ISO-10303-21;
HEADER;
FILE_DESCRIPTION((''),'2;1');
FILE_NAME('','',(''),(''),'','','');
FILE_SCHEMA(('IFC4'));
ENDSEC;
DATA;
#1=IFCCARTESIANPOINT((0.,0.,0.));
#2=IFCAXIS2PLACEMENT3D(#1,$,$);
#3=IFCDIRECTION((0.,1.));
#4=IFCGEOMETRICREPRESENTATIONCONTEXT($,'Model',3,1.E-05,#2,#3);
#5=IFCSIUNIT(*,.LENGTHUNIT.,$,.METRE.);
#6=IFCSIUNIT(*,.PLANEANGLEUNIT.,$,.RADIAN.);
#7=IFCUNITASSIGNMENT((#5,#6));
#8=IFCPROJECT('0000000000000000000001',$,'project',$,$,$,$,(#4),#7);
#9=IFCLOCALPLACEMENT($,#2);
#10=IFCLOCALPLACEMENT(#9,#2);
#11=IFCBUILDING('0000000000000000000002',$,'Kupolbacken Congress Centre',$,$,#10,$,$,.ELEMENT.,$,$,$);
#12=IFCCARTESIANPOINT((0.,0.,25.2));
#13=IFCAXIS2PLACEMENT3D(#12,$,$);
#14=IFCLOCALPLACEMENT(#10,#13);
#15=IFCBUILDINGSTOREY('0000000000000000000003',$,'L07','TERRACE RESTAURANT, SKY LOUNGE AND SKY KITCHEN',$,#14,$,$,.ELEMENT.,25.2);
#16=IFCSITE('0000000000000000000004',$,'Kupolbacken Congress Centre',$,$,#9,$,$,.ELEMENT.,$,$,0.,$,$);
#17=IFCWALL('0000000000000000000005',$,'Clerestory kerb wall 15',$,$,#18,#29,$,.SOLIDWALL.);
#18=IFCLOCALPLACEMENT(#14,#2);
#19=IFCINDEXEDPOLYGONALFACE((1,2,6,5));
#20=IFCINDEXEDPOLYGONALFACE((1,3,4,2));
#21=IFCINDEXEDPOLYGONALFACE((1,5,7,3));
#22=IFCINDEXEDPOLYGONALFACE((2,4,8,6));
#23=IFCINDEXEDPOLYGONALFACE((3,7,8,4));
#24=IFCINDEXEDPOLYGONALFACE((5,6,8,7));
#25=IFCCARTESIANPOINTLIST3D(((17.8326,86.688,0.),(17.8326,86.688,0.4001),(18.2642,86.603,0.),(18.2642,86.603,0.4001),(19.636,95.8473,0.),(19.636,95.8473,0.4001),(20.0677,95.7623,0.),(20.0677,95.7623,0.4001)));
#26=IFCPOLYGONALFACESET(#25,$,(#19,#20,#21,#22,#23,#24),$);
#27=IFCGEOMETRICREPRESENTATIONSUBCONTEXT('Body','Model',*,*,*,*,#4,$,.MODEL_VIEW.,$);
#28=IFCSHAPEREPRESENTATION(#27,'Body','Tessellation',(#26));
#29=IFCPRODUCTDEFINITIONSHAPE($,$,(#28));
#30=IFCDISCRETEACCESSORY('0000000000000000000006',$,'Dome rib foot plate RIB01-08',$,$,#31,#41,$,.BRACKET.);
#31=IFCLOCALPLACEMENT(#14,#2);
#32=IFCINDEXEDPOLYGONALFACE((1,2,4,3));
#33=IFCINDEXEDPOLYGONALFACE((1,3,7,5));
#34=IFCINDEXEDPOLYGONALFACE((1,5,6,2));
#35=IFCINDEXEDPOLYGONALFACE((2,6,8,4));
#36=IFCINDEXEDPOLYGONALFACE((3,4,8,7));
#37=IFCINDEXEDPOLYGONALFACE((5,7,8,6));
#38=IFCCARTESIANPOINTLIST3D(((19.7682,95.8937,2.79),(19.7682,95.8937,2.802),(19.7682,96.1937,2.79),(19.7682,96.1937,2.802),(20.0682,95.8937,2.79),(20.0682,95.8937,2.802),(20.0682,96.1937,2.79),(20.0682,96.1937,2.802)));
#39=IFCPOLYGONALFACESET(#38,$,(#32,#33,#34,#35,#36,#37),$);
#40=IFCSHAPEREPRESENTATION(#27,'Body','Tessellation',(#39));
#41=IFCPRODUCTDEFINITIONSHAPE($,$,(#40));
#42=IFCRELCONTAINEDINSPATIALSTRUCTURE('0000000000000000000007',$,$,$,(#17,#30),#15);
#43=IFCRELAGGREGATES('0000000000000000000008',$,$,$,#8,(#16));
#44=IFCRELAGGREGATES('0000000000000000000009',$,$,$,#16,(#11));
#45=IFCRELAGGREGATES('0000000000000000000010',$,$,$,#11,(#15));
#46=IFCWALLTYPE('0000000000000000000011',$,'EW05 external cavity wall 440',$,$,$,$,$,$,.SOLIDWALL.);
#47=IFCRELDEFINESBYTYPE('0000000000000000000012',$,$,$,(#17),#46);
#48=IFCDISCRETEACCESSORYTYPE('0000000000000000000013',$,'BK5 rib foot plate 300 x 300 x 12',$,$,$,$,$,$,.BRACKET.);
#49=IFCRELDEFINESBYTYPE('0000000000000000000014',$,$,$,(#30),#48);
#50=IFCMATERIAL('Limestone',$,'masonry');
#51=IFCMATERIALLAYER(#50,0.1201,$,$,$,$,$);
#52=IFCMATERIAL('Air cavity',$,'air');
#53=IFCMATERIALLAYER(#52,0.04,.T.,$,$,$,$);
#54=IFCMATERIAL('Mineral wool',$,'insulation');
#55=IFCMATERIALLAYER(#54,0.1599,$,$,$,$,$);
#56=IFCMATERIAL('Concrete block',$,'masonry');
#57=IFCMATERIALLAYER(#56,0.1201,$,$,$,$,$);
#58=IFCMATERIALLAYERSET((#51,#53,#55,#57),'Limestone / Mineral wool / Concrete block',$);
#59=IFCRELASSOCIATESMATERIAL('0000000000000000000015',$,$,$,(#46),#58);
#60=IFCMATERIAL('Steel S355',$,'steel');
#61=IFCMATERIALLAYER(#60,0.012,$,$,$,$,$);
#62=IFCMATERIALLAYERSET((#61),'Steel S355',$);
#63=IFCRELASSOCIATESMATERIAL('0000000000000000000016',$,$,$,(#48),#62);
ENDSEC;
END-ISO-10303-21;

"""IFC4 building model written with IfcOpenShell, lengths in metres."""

from ifc_helpers import new_model, si_unit, direction, frame, frame_2d, origin, origin_2d, place, context, subcontext, project, spatial, rectangle, extrude, material, layer, layer_set, type_object, element, save


model = new_model("IFC4")

# Units and contexts
model_context = context("Model", 3, precision=1e-05, world=origin(), true_north=direction((0.0, 1.0)))
body_context = subcontext(model_context, "Body", "Model", "MODEL_VIEW")
ifc_project = project(units=[si_unit("LENGTHUNIT", "METRE"), si_unit("PLANEANGLEUNIT", "RADIAN")], contexts=[model_context])

# Site, building, storey
site_placement = place(None, origin())
site = spatial("IfcSite", under=ifc_project, at=site_placement, Name="Kupolbacken Congress Centre", CompositionType="ELEMENT", RefElevation=0.0)
building_placement = place(site_placement, origin())
building = spatial("IfcBuilding", under=site, at=building_placement, Name="Kupolbacken Congress Centre", CompositionType="ELEMENT")
storey_placement = place(building_placement, frame((0.0, 0.0, 25.2)))
storey = spatial("IfcBuildingStorey", under=building, at=storey_placement, Name="L07", Description="TERRACE RESTAURANT, SKY LOUNGE AND SKY KITCHEN", CompositionType="ELEMENT", Elevation=25.2)

# Wall
ifc_material_1 = material(Name="Limestone", Category="masonry")
ifc_layer_1 = layer(ifc_material_1, 0.1201)
ifc_material_2 = material(Name="Air cavity", Category="air")
ifc_layer_2 = layer(ifc_material_2, 0.04, ventilated=True)
ifc_material_3 = material(Name="Mineral wool", Category="insulation")
ifc_layer_3 = layer(ifc_material_3, 0.1599)
ifc_material_4 = material(Name="Concrete block", Category="masonry")
ifc_layer_4 = layer(ifc_material_4, 0.1201)
ifc_layer_set_1 = layer_set([ifc_layer_1, ifc_layer_2, ifc_layer_3, ifc_layer_4], Name="Limestone / Mineral wool / Concrete block")
wall_type = type_object("IfcWallType", Name="EW05 external cavity wall 440", PredefinedType="SOLIDWALL", material=ifc_layer_set_1)
wall_placement = place(storey_placement, frame((19.8518, 95.8047, 0.0), z_axis=(0.0, 0.0, 1.0), x_axis=(-0.193188, -0.981162, 0.0)))
element("IfcWall", 1, at=wall_placement, inside=storey, type_object=wall_type, Name="Clerestory kerb wall 15", PredefinedType="SOLIDWALL", context=body_context, shape_type="SweptSolid", body=[
    extrude(rectangle(XDim=9.3352, YDim=0.4399, at=frame_2d((4.6675, 0.0))), origin(), (0.0, 0.0, 1.0), 0.4001),
])

# Discrete accessory
ifc_material_5 = material(Name="Steel S355", Category="steel")
ifc_layer_5 = layer(ifc_material_5, 0.012)
ifc_layer_set_2 = layer_set([ifc_layer_5], Name="Steel S355")
discrete_accessory_type = type_object("IfcDiscreteAccessoryType", Name="BK5 rib foot plate 300 x 300 x 12", PredefinedType="BRACKET", material=ifc_layer_set_2)
discrete_accessory_placement = place(storey_placement, frame((19.9182, 96.0437, 2.79), z_axis=(0.0, 0.0, 1.0), x_axis=(1.0, 0.0, 0.0)))
element("IfcDiscreteAccessory", 2, at=discrete_accessory_placement, inside=storey, type_object=discrete_accessory_type, Name="Dome rib foot plate RIB01-08", PredefinedType="BRACKET", context=body_context, shape_type="SweptSolid", body=[
    extrude(rectangle(XDim=0.3, YDim=0.3, at=origin_2d()), origin(), (0.0, 0.0, 1.0), 0.012),
])

save(model, "model.ifc")
